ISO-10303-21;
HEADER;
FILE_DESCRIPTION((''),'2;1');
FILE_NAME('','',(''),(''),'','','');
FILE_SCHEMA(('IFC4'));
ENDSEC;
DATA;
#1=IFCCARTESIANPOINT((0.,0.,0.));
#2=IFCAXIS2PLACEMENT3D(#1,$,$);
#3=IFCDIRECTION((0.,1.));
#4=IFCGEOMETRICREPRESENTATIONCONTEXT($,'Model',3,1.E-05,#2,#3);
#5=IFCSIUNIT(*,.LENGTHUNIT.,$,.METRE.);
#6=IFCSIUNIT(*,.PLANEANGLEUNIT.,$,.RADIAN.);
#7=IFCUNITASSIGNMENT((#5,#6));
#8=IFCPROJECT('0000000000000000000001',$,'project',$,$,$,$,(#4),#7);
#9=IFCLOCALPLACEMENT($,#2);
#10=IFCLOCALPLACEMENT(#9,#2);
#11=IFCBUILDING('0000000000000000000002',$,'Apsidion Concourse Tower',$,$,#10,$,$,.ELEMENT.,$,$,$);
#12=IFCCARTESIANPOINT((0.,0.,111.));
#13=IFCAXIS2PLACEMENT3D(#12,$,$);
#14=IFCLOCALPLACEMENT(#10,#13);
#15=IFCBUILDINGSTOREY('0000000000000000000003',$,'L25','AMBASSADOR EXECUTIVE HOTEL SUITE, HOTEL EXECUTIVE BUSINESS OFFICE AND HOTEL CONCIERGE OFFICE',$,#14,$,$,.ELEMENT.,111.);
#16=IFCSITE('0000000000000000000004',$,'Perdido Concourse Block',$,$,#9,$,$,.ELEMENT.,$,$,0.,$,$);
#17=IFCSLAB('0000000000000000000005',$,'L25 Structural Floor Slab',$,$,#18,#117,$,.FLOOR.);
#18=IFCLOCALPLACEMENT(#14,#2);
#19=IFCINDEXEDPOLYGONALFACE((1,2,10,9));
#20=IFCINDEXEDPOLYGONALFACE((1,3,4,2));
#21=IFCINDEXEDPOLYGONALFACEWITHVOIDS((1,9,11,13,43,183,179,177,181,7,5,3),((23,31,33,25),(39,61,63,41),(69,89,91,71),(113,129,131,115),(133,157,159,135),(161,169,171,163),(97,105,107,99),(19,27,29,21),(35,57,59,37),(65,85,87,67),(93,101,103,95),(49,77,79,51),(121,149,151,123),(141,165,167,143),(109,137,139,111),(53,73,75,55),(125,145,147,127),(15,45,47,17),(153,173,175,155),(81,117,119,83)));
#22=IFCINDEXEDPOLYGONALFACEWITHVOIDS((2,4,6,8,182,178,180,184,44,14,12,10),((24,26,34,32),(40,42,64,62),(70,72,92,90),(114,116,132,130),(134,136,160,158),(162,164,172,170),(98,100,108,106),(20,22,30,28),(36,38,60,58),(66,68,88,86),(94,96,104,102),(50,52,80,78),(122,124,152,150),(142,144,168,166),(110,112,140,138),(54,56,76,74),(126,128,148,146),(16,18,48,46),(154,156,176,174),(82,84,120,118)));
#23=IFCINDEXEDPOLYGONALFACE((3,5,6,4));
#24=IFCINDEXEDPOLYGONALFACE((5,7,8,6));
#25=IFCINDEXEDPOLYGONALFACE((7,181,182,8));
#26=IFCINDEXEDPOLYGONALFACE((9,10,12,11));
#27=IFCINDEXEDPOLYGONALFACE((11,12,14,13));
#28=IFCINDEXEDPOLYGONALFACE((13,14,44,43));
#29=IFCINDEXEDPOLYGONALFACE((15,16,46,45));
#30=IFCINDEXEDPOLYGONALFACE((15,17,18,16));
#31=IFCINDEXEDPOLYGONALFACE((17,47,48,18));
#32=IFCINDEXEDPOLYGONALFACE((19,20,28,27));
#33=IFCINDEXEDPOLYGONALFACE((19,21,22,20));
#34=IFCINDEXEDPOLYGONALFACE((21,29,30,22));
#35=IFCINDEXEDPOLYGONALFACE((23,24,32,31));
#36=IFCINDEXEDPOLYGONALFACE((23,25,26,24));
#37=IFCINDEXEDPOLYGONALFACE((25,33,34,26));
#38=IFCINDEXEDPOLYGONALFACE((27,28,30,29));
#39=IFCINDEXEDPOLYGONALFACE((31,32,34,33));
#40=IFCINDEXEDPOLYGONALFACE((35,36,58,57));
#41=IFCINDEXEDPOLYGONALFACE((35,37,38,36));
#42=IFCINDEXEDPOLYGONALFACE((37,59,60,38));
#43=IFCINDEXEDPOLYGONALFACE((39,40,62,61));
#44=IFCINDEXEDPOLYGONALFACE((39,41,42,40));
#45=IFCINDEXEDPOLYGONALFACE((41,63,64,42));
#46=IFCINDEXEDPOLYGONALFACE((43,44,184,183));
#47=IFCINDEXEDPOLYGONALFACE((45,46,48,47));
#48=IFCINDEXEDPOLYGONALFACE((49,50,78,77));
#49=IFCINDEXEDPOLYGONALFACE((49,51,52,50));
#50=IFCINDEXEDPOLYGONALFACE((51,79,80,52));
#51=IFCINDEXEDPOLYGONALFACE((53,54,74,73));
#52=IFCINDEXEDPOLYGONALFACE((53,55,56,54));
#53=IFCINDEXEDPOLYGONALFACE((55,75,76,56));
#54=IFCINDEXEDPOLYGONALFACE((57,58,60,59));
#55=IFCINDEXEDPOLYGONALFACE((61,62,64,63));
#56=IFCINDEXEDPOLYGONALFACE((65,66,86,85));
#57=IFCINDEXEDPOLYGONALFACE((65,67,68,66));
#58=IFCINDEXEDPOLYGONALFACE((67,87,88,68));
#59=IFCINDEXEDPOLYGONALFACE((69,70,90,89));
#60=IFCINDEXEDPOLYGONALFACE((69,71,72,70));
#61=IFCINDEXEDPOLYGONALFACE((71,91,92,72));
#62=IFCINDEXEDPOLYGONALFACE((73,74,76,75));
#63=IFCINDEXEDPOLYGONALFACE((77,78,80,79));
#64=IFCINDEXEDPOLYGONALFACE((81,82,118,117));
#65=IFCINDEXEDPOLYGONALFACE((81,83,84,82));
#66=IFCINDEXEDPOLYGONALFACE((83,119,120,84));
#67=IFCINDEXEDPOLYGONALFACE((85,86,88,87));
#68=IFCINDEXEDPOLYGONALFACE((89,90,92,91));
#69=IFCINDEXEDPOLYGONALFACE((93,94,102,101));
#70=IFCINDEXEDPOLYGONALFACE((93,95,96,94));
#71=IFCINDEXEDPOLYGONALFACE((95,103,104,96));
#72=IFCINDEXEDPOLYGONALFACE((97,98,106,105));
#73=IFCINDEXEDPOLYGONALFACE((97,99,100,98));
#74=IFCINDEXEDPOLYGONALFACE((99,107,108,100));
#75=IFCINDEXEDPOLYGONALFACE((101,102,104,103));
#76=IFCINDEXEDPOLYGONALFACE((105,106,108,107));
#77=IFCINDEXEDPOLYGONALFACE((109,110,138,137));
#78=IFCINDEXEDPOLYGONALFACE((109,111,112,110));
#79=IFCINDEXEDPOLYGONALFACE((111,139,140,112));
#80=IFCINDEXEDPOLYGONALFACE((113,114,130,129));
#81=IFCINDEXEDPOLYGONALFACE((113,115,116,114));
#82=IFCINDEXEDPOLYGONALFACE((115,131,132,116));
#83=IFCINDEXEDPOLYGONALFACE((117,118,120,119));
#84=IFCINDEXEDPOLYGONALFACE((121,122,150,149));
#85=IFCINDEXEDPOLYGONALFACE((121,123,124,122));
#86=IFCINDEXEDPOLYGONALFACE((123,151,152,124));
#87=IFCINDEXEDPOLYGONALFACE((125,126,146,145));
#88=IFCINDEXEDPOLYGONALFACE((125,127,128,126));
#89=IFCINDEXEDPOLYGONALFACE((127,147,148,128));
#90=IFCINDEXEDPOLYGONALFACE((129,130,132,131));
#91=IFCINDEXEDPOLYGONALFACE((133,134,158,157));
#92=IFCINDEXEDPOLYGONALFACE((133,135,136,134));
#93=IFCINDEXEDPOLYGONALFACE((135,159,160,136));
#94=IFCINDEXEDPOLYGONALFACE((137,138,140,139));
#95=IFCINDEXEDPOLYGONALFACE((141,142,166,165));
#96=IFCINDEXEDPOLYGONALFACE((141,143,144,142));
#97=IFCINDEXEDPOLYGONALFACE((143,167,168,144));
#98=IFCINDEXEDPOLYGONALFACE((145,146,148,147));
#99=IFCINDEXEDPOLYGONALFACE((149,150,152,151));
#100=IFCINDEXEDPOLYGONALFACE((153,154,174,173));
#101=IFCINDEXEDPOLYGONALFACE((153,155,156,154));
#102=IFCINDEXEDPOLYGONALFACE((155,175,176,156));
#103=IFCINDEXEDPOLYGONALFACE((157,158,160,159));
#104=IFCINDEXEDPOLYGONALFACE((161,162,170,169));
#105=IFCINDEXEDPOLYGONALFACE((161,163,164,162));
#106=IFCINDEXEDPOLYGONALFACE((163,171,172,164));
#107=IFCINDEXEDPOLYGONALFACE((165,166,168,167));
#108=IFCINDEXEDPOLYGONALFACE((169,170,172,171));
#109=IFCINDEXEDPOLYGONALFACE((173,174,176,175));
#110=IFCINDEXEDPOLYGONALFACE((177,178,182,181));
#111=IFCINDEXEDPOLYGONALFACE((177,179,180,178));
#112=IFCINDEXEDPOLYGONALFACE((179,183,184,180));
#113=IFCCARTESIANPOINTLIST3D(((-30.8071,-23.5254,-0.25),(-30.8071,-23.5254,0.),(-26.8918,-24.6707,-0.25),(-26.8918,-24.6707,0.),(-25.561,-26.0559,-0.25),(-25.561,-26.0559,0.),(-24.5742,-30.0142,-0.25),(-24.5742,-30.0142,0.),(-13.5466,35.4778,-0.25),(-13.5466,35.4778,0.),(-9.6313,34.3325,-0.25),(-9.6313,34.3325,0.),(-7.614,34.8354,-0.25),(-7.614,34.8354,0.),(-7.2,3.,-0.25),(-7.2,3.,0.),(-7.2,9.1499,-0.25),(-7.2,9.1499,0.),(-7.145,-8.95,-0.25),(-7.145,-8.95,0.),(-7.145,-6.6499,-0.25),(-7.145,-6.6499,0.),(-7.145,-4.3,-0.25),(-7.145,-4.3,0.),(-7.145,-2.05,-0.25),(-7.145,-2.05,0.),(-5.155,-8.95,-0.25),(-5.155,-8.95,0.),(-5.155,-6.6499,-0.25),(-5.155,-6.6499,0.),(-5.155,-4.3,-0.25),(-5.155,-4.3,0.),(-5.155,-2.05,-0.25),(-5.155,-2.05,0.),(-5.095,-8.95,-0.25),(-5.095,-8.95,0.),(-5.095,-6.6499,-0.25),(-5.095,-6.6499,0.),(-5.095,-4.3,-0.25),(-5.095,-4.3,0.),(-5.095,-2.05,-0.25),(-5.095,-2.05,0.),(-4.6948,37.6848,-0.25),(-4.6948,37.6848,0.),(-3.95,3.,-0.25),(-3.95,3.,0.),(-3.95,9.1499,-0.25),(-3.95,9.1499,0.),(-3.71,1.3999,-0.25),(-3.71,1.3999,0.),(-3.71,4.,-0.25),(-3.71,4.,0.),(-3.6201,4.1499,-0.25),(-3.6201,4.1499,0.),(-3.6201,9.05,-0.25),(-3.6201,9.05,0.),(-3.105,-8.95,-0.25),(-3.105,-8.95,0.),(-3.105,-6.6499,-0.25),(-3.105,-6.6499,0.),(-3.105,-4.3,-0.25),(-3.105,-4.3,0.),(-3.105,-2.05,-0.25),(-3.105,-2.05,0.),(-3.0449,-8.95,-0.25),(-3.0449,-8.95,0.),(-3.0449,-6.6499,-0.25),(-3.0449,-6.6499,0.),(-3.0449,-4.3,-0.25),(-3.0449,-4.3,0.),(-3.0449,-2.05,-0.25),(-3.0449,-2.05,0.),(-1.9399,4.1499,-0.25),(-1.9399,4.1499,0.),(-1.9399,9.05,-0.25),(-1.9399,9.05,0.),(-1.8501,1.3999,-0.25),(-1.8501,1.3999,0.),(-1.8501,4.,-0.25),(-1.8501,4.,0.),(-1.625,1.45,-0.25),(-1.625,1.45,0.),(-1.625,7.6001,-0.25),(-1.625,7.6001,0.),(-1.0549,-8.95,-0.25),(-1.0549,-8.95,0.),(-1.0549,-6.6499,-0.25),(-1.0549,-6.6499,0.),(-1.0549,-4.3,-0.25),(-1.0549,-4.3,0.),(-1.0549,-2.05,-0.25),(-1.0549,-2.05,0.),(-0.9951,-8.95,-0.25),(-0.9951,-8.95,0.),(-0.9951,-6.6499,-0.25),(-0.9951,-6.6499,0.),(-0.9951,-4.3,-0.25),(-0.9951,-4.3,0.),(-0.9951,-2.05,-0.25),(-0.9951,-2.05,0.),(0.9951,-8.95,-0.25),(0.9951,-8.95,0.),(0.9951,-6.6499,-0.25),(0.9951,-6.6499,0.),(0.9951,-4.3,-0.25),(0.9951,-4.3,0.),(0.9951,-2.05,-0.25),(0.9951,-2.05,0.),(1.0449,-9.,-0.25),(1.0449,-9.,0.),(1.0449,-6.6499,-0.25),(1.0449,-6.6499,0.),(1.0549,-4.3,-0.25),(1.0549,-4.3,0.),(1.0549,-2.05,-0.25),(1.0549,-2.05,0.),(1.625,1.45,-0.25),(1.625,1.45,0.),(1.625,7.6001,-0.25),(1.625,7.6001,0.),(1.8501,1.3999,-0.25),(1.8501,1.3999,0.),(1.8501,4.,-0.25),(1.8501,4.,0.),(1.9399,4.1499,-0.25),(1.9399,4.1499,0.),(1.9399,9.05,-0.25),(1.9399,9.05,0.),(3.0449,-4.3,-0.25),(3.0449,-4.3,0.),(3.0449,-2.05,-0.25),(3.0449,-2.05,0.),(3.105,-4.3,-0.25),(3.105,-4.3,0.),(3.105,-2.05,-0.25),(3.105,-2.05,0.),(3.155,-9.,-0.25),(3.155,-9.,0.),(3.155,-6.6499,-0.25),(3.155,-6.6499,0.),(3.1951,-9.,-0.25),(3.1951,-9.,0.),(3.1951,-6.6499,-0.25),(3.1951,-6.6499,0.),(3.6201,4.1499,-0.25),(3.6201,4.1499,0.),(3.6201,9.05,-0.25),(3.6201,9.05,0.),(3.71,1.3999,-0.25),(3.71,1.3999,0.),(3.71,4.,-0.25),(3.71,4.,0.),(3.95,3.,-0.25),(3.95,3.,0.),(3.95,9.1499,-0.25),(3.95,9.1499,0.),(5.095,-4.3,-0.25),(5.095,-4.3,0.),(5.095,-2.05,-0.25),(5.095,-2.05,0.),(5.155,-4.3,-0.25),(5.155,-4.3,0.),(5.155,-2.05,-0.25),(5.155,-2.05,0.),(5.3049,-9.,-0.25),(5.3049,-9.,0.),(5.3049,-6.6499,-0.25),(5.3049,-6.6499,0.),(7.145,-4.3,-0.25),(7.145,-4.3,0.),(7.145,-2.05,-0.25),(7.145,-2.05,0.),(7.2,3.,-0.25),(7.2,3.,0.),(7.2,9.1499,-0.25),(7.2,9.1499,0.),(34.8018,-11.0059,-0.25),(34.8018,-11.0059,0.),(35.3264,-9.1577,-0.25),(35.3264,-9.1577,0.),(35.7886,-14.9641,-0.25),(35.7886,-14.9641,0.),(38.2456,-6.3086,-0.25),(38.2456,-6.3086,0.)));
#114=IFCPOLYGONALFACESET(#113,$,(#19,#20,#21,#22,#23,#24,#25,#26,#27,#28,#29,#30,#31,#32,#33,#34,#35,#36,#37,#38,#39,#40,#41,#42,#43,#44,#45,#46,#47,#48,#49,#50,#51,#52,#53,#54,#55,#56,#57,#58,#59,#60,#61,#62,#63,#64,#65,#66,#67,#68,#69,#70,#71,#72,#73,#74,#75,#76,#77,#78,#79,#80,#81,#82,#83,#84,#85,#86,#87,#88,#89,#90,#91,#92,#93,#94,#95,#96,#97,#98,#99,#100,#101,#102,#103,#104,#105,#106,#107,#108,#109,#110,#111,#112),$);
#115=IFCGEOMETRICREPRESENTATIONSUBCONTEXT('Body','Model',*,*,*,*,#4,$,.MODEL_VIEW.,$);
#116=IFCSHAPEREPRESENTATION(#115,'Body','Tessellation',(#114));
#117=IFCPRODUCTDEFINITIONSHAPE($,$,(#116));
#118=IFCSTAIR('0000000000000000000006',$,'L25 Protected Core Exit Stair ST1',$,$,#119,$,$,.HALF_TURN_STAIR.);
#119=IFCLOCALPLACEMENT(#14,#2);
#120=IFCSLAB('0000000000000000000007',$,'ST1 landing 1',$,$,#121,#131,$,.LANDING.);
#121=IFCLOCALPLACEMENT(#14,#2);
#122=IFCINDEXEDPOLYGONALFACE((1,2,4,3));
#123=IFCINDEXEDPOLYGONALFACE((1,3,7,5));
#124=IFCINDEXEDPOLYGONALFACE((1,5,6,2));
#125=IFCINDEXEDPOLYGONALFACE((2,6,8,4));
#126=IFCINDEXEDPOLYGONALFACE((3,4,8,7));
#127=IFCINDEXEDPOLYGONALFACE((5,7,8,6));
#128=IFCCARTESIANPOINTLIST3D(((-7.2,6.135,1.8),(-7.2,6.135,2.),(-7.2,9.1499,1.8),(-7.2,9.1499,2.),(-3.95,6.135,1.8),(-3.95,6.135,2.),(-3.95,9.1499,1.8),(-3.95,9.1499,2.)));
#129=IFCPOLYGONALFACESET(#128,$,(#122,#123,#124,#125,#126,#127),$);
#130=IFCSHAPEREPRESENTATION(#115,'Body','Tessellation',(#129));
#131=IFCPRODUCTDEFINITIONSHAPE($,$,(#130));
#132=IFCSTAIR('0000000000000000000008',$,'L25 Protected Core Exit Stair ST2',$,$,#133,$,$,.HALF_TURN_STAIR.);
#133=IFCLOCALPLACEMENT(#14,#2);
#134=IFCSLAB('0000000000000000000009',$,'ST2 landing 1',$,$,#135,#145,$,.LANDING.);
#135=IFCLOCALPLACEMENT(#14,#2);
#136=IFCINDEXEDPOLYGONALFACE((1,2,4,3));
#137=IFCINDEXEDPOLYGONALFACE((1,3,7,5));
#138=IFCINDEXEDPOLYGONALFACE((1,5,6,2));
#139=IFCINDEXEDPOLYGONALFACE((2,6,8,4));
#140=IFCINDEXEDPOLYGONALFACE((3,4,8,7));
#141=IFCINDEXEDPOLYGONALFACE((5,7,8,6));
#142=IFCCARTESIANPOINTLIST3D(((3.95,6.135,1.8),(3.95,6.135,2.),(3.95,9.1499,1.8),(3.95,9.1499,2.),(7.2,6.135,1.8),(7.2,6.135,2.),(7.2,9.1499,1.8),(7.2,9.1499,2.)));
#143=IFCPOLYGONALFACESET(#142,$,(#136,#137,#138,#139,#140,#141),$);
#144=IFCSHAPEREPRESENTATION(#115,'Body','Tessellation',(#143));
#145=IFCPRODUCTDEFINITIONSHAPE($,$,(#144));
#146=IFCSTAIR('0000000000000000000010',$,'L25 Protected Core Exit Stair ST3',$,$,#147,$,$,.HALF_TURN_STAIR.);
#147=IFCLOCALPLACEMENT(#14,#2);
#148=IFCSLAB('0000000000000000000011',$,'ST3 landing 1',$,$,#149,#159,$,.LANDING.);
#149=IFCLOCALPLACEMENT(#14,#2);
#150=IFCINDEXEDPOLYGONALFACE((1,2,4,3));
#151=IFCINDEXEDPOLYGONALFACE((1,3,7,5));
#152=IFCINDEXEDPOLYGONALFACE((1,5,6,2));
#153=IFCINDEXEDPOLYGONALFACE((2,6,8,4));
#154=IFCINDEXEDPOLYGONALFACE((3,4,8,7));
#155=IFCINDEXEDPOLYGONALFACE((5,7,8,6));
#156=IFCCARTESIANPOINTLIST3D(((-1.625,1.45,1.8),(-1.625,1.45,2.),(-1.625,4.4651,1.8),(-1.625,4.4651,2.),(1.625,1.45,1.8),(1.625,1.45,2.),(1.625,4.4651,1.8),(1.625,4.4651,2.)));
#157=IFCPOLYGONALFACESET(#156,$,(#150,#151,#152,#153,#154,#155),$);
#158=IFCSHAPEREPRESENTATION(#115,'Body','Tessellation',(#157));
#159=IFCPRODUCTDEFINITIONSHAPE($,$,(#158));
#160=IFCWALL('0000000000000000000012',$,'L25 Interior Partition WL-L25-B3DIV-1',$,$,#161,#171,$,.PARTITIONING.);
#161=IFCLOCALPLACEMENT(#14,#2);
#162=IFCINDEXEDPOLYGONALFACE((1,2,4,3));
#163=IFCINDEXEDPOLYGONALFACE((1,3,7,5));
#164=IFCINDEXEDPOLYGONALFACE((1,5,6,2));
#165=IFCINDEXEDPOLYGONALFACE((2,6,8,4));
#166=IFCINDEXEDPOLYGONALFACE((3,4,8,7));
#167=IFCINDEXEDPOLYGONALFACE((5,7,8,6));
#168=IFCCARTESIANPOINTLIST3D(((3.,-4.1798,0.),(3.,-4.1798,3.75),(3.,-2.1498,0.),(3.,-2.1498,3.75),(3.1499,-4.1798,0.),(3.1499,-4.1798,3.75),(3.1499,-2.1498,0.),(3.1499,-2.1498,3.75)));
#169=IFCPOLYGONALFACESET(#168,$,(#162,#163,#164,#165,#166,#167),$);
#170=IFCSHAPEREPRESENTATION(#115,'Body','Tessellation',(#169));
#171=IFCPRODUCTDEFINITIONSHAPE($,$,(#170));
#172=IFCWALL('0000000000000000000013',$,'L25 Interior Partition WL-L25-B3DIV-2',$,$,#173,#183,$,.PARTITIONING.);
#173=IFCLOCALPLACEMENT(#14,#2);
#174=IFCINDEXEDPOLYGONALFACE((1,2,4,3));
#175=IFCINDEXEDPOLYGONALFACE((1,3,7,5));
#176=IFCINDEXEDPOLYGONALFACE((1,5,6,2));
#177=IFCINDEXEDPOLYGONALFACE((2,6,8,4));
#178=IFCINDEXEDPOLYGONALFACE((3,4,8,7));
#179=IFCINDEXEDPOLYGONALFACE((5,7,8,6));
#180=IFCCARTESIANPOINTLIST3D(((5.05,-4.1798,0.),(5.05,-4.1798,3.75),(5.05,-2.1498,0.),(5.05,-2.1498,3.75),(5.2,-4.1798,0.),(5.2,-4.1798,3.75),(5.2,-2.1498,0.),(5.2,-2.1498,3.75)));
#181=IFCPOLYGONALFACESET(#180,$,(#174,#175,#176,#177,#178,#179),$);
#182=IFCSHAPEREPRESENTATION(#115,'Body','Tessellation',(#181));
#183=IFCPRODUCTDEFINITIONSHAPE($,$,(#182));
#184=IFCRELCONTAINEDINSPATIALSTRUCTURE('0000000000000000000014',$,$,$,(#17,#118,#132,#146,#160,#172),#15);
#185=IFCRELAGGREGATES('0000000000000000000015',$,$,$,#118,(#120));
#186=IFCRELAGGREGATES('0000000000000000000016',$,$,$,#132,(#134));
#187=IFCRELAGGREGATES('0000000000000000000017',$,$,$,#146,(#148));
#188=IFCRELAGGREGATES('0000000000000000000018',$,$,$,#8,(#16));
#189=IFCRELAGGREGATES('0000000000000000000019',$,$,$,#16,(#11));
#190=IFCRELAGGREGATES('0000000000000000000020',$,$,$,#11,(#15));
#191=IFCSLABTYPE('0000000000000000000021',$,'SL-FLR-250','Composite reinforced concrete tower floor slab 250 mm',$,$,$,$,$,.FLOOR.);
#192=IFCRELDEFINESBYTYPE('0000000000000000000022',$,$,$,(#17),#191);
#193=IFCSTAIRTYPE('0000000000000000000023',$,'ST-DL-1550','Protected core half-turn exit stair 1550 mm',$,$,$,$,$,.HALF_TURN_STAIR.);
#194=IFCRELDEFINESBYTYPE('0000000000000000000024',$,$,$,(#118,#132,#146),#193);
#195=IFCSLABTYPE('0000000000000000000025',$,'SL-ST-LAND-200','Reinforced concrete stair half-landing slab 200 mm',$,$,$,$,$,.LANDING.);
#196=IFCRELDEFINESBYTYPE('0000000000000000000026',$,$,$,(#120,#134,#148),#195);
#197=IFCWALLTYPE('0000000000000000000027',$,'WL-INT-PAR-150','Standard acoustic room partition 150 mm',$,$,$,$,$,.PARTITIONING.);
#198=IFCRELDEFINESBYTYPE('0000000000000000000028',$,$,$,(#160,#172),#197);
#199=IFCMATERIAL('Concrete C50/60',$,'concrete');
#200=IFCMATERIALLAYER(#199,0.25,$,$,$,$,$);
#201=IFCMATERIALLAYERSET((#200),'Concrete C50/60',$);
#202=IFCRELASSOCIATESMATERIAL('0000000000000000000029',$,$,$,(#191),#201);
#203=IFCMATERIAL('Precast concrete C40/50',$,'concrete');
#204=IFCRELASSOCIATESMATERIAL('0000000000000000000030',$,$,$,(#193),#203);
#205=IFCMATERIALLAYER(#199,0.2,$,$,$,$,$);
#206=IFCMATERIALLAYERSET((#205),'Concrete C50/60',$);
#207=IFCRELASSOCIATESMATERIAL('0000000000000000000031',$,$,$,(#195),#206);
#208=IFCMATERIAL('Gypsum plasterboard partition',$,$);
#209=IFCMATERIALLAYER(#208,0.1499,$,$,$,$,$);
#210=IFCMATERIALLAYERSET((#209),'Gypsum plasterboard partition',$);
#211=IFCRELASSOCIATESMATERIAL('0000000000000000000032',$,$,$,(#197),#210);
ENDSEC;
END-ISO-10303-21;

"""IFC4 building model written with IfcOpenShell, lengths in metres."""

from ifc_helpers import new_model, si_unit, direction, frame, frame_2d, origin, place, context, subcontext, project, spatial, polyline, rectangle, outline, extrude, material, layer, layer_set, type_object, element, aggregate, save


model = new_model("IFC4")

# Units and contexts
model_context = context("Model", 3, precision=1e-05, world=origin(), true_north=direction((0.0, 1.0)))
body_context = subcontext(model_context, "Body", "Model", "MODEL_VIEW")
ifc_project = project(units=[si_unit("LENGTHUNIT", "METRE"), si_unit("PLANEANGLEUNIT", "RADIAN")], contexts=[model_context])

# Site, building, storey
site_placement = place(None, origin())
site = spatial("IfcSite", under=ifc_project, at=site_placement, Name="Perdido Concourse Block", CompositionType="ELEMENT", RefElevation=0.0)
building_placement = place(site_placement, origin())
building = spatial("IfcBuilding", under=site, at=building_placement, Name="Apsidion Concourse Tower", CompositionType="ELEMENT")
storey_placement = place(building_placement, frame((0.0, 0.0, 111.0)))
storey = spatial("IfcBuildingStorey", under=building, at=storey_placement, Name="L25", Description="AMBASSADOR EXECUTIVE HOTEL SUITE, HOTEL EXECUTIVE BUSINESS OFFICE AND HOTEL CONCIERGE OFFICE", CompositionType="ELEMENT", Elevation=111.0)

# Shared definitions
ifc_material_1 = material(Name="Concrete C50/60", Category="concrete")

# Slab
ifc_layer_1 = layer(ifc_material_1, 0.25)
ifc_layer_set_1 = layer_set([ifc_layer_1], Name="Concrete C50/60")
slab_type_1 = type_object("IfcSlabType", Name="SL-FLR-250", Description="Composite reinforced concrete tower floor slab 250 mm", PredefinedType="FLOOR", material=ifc_layer_set_1)
slab_1_placement = place(storey_placement, frame((0.0, 0.0, -0.25)))
element("IfcSlab", 1, at=slab_1_placement, inside=storey, type_object=slab_type_1, Name="L25 Structural Floor Slab", PredefinedType="FLOOR", context=body_context, shape_type="SweptSolid", body=[
    extrude(outline(polyline([(-4.6948, 37.6848), (-7.614, 34.8354), (-9.6313, 34.3325), (-13.5466, 35.4778), (-30.8071, -23.5254), (-26.8918, -24.6707), (-25.561, -26.0559), (-24.5742, -30.0142), (35.7886, -14.9641), (34.8018, -11.0059), (35.3264, -9.1577), (38.2456, -6.3086), (-4.6948, 37.6848)]), holes=[polyline([(-3.95, 3.0), (-3.95, 9.1499), (-7.2, 9.1499), (-7.2, 3.0), (-3.95, 3.0)]), polyline([(7.2, 3.0), (7.2, 9.1499), (3.95, 9.1499), (3.95, 3.0), (7.2, 3.0)]), polyline([(-1.625, 7.6001), (-1.625, 1.45), (1.625, 1.45), (1.625, 7.6001), (-1.625, 7.6001)]), polyline([(-7.145, -4.3), (-5.155, -4.3), (-5.155, -2.05), (-7.145, -2.05), (-7.145, -4.3)]), polyline([(-5.095, -4.3), (-3.105, -4.3), (-3.105, -2.05), (-5.095, -2.05), (-5.095, -4.3)]), polyline([(-3.0449, -4.3), (-1.0549, -4.3), (-1.0549, -2.05), (-3.0449, -2.05), (-3.0449, -4.3)]), polyline([(-0.9951, -4.3), (0.9951, -4.3), (0.9951, -2.05), (-0.9951, -2.05), (-0.9951, -4.3)]), polyline([(1.0549, -4.3), (3.0449, -4.3), (3.0449, -2.05), (1.0549, -2.05), (1.0549, -4.3)]), polyline([(3.105, -4.3), (5.095, -4.3), (5.095, -2.05), (3.105, -2.05), (3.105, -4.3)]), polyline([(5.155, -4.3), (7.145, -4.3), (7.145, -2.05), (5.155, -2.05), (5.155, -4.3)]), polyline([(-7.145, -8.95), (-5.155, -8.95), (-5.155, -6.6499), (-7.145, -6.6499), (-7.145, -8.95)]), polyline([(-5.095, -8.95), (-3.105, -8.95), (-3.105, -6.6499), (-5.095, -6.6499), (-5.095, -8.95)]), polyline([(-3.0449, -8.95), (-1.0549, -8.95), (-1.0549, -6.6499), (-3.0449, -6.6499), (-3.0449, -8.95)]), polyline([(-0.9951, -8.95), (0.9951, -8.95), (0.9951, -6.6499), (-0.9951, -6.6499), (-0.9951, -8.95)]), polyline([(1.0449, -9.0), (3.155, -9.0), (3.155, -6.6499), (1.0449, -6.6499), (1.0449, -9.0)]), polyline([(3.1951, -9.0), (5.3049, -9.0), (5.3049, -6.6499), (3.1951, -6.6499), (3.1951, -9.0)]), polyline([(-3.71, 1.3999), (-1.8501, 1.3999), (-1.8501, 4.0), (-3.71, 4.0), (-3.71, 1.3999)]), polyline([(1.8501, 1.3999), (3.71, 1.3999), (3.71, 4.0), (1.8501, 4.0), (1.8501, 1.3999)]), polyline([(-3.6201, 4.1499), (-1.9399, 4.1499), (-1.9399, 9.05), (-3.6201, 9.05), (-3.6201, 4.1499)]), polyline([(1.9399, 4.1499), (3.6201, 4.1499), (3.6201, 9.05), (1.9399, 9.05), (1.9399, 4.1499)])]), origin(), (0.0, 0.0, 1.0), 0.25),
])

# Stairs, slabs
ifc_material_2 = material(Name="Precast concrete C40/50", Category="concrete")
stair_type = type_object("IfcStairType", Name="ST-DL-1550", Description="Protected core half-turn exit stair 1550 mm", PredefinedType="HALF_TURN_STAIR", material=ifc_material_2)
stair_1_placement = place(storey_placement, origin())
stair_1 = element("IfcStair", 2, at=stair_1_placement, inside=storey, type_object=stair_type, Name="L25 Protected Core Exit Stair ST1", PredefinedType="HALF_TURN_STAIR")
ifc_layer_2 = layer(ifc_material_1, 0.2)
ifc_layer_set_2 = layer_set([ifc_layer_2], Name="Concrete C50/60")
slab_type_2 = type_object("IfcSlabType", Name="SL-ST-LAND-200", Description="Reinforced concrete stair half-landing slab 200 mm", PredefinedType="LANDING", material=ifc_layer_set_2)
slab_2_placement = place(storey_placement, frame((0.0, 0.0, 1.8)))
slab_2 = element("IfcSlab", 3, at=slab_2_placement, type_object=slab_type_2, Name="ST1 landing 1", PredefinedType="LANDING", context=body_context, shape_type="SweptSolid", body=[
    extrude(outline(polyline([(-3.95, 6.135), (-3.95, 9.1499), (-7.2, 9.1499), (-7.2, 6.135), (-3.95, 6.135)])), origin(), (0.0, 0.0, 1.0), 0.2),
])
aggregate(stair_1, [slab_2])
stair_2_placement = place(storey_placement, origin())
stair_2 = element("IfcStair", 4, at=stair_2_placement, inside=storey, type_object=stair_type, Name="L25 Protected Core Exit Stair ST2", PredefinedType="HALF_TURN_STAIR")
slab_3_placement = place(storey_placement, frame((0.0, 0.0, 1.8)))
slab_3 = element("IfcSlab", 5, at=slab_3_placement, type_object=slab_type_2, Name="ST2 landing 1", PredefinedType="LANDING", context=body_context, shape_type="SweptSolid", body=[
    extrude(outline(polyline([(7.2, 6.135), (7.2, 9.1499), (3.95, 9.1499), (3.95, 6.135), (7.2, 6.135)])), origin(), (0.0, 0.0, 1.0), 0.2),
])
aggregate(stair_2, [slab_3])
stair_3_placement = place(storey_placement, origin())
stair_3 = element("IfcStair", 6, at=stair_3_placement, inside=storey, type_object=stair_type, Name="L25 Protected Core Exit Stair ST3", PredefinedType="HALF_TURN_STAIR")
slab_4_placement = place(storey_placement, frame((0.0, 0.0, 1.8)))
slab_4 = element("IfcSlab", 7, at=slab_4_placement, type_object=slab_type_2, Name="ST3 landing 1", PredefinedType="LANDING", context=body_context, shape_type="SweptSolid", body=[
    extrude(outline(polyline([(-1.625, 4.4651), (-1.625, 1.45), (1.625, 1.45), (1.625, 4.4651), (-1.625, 4.4651)])), origin(), (0.0, 0.0, 1.0), 0.2),
])
aggregate(stair_3, [slab_4])

# Walls
ifc_material_3 = material(Name="Gypsum plasterboard partition")
ifc_layer_3 = layer(ifc_material_3, 0.1499)
ifc_layer_set_3 = layer_set([ifc_layer_3], Name="Gypsum plasterboard partition")
wall_type_1 = type_object("IfcWallType", Name="WL-INT-PAR-150", Description="Standard acoustic room partition 150 mm", PredefinedType="PARTITIONING", material=ifc_layer_set_3)
for number, where, z_axis, x_axis, name in (
    (8, (3.075, -4.1799, 0.0), (0.0, 0.0, 1.0), (0.0, 1.0, 0.0), "L25 Interior Partition WL-L25-B3DIV-1"),
    (9, (5.125, -4.1799, 0.0), (0.0, 0.0, 1.0), (0.0, 1.0, 0.0), "L25 Interior Partition WL-L25-B3DIV-2"),
):
    element("IfcWall", number, at=place(storey_placement, frame(where, z_axis=z_axis, x_axis=x_axis)), inside=storey, type_object=wall_type_1, Name=name, PredefinedType="PARTITIONING", context=body_context, shape_type="SweptSolid", body=[
        extrude(rectangle(XDim=2.03, YDim=0.1499, at=frame_2d((1.0151, 0.0))), origin(), (0.0, 0.0, 1.0), 3.75),
    ])

save(model, "model.ifc")
